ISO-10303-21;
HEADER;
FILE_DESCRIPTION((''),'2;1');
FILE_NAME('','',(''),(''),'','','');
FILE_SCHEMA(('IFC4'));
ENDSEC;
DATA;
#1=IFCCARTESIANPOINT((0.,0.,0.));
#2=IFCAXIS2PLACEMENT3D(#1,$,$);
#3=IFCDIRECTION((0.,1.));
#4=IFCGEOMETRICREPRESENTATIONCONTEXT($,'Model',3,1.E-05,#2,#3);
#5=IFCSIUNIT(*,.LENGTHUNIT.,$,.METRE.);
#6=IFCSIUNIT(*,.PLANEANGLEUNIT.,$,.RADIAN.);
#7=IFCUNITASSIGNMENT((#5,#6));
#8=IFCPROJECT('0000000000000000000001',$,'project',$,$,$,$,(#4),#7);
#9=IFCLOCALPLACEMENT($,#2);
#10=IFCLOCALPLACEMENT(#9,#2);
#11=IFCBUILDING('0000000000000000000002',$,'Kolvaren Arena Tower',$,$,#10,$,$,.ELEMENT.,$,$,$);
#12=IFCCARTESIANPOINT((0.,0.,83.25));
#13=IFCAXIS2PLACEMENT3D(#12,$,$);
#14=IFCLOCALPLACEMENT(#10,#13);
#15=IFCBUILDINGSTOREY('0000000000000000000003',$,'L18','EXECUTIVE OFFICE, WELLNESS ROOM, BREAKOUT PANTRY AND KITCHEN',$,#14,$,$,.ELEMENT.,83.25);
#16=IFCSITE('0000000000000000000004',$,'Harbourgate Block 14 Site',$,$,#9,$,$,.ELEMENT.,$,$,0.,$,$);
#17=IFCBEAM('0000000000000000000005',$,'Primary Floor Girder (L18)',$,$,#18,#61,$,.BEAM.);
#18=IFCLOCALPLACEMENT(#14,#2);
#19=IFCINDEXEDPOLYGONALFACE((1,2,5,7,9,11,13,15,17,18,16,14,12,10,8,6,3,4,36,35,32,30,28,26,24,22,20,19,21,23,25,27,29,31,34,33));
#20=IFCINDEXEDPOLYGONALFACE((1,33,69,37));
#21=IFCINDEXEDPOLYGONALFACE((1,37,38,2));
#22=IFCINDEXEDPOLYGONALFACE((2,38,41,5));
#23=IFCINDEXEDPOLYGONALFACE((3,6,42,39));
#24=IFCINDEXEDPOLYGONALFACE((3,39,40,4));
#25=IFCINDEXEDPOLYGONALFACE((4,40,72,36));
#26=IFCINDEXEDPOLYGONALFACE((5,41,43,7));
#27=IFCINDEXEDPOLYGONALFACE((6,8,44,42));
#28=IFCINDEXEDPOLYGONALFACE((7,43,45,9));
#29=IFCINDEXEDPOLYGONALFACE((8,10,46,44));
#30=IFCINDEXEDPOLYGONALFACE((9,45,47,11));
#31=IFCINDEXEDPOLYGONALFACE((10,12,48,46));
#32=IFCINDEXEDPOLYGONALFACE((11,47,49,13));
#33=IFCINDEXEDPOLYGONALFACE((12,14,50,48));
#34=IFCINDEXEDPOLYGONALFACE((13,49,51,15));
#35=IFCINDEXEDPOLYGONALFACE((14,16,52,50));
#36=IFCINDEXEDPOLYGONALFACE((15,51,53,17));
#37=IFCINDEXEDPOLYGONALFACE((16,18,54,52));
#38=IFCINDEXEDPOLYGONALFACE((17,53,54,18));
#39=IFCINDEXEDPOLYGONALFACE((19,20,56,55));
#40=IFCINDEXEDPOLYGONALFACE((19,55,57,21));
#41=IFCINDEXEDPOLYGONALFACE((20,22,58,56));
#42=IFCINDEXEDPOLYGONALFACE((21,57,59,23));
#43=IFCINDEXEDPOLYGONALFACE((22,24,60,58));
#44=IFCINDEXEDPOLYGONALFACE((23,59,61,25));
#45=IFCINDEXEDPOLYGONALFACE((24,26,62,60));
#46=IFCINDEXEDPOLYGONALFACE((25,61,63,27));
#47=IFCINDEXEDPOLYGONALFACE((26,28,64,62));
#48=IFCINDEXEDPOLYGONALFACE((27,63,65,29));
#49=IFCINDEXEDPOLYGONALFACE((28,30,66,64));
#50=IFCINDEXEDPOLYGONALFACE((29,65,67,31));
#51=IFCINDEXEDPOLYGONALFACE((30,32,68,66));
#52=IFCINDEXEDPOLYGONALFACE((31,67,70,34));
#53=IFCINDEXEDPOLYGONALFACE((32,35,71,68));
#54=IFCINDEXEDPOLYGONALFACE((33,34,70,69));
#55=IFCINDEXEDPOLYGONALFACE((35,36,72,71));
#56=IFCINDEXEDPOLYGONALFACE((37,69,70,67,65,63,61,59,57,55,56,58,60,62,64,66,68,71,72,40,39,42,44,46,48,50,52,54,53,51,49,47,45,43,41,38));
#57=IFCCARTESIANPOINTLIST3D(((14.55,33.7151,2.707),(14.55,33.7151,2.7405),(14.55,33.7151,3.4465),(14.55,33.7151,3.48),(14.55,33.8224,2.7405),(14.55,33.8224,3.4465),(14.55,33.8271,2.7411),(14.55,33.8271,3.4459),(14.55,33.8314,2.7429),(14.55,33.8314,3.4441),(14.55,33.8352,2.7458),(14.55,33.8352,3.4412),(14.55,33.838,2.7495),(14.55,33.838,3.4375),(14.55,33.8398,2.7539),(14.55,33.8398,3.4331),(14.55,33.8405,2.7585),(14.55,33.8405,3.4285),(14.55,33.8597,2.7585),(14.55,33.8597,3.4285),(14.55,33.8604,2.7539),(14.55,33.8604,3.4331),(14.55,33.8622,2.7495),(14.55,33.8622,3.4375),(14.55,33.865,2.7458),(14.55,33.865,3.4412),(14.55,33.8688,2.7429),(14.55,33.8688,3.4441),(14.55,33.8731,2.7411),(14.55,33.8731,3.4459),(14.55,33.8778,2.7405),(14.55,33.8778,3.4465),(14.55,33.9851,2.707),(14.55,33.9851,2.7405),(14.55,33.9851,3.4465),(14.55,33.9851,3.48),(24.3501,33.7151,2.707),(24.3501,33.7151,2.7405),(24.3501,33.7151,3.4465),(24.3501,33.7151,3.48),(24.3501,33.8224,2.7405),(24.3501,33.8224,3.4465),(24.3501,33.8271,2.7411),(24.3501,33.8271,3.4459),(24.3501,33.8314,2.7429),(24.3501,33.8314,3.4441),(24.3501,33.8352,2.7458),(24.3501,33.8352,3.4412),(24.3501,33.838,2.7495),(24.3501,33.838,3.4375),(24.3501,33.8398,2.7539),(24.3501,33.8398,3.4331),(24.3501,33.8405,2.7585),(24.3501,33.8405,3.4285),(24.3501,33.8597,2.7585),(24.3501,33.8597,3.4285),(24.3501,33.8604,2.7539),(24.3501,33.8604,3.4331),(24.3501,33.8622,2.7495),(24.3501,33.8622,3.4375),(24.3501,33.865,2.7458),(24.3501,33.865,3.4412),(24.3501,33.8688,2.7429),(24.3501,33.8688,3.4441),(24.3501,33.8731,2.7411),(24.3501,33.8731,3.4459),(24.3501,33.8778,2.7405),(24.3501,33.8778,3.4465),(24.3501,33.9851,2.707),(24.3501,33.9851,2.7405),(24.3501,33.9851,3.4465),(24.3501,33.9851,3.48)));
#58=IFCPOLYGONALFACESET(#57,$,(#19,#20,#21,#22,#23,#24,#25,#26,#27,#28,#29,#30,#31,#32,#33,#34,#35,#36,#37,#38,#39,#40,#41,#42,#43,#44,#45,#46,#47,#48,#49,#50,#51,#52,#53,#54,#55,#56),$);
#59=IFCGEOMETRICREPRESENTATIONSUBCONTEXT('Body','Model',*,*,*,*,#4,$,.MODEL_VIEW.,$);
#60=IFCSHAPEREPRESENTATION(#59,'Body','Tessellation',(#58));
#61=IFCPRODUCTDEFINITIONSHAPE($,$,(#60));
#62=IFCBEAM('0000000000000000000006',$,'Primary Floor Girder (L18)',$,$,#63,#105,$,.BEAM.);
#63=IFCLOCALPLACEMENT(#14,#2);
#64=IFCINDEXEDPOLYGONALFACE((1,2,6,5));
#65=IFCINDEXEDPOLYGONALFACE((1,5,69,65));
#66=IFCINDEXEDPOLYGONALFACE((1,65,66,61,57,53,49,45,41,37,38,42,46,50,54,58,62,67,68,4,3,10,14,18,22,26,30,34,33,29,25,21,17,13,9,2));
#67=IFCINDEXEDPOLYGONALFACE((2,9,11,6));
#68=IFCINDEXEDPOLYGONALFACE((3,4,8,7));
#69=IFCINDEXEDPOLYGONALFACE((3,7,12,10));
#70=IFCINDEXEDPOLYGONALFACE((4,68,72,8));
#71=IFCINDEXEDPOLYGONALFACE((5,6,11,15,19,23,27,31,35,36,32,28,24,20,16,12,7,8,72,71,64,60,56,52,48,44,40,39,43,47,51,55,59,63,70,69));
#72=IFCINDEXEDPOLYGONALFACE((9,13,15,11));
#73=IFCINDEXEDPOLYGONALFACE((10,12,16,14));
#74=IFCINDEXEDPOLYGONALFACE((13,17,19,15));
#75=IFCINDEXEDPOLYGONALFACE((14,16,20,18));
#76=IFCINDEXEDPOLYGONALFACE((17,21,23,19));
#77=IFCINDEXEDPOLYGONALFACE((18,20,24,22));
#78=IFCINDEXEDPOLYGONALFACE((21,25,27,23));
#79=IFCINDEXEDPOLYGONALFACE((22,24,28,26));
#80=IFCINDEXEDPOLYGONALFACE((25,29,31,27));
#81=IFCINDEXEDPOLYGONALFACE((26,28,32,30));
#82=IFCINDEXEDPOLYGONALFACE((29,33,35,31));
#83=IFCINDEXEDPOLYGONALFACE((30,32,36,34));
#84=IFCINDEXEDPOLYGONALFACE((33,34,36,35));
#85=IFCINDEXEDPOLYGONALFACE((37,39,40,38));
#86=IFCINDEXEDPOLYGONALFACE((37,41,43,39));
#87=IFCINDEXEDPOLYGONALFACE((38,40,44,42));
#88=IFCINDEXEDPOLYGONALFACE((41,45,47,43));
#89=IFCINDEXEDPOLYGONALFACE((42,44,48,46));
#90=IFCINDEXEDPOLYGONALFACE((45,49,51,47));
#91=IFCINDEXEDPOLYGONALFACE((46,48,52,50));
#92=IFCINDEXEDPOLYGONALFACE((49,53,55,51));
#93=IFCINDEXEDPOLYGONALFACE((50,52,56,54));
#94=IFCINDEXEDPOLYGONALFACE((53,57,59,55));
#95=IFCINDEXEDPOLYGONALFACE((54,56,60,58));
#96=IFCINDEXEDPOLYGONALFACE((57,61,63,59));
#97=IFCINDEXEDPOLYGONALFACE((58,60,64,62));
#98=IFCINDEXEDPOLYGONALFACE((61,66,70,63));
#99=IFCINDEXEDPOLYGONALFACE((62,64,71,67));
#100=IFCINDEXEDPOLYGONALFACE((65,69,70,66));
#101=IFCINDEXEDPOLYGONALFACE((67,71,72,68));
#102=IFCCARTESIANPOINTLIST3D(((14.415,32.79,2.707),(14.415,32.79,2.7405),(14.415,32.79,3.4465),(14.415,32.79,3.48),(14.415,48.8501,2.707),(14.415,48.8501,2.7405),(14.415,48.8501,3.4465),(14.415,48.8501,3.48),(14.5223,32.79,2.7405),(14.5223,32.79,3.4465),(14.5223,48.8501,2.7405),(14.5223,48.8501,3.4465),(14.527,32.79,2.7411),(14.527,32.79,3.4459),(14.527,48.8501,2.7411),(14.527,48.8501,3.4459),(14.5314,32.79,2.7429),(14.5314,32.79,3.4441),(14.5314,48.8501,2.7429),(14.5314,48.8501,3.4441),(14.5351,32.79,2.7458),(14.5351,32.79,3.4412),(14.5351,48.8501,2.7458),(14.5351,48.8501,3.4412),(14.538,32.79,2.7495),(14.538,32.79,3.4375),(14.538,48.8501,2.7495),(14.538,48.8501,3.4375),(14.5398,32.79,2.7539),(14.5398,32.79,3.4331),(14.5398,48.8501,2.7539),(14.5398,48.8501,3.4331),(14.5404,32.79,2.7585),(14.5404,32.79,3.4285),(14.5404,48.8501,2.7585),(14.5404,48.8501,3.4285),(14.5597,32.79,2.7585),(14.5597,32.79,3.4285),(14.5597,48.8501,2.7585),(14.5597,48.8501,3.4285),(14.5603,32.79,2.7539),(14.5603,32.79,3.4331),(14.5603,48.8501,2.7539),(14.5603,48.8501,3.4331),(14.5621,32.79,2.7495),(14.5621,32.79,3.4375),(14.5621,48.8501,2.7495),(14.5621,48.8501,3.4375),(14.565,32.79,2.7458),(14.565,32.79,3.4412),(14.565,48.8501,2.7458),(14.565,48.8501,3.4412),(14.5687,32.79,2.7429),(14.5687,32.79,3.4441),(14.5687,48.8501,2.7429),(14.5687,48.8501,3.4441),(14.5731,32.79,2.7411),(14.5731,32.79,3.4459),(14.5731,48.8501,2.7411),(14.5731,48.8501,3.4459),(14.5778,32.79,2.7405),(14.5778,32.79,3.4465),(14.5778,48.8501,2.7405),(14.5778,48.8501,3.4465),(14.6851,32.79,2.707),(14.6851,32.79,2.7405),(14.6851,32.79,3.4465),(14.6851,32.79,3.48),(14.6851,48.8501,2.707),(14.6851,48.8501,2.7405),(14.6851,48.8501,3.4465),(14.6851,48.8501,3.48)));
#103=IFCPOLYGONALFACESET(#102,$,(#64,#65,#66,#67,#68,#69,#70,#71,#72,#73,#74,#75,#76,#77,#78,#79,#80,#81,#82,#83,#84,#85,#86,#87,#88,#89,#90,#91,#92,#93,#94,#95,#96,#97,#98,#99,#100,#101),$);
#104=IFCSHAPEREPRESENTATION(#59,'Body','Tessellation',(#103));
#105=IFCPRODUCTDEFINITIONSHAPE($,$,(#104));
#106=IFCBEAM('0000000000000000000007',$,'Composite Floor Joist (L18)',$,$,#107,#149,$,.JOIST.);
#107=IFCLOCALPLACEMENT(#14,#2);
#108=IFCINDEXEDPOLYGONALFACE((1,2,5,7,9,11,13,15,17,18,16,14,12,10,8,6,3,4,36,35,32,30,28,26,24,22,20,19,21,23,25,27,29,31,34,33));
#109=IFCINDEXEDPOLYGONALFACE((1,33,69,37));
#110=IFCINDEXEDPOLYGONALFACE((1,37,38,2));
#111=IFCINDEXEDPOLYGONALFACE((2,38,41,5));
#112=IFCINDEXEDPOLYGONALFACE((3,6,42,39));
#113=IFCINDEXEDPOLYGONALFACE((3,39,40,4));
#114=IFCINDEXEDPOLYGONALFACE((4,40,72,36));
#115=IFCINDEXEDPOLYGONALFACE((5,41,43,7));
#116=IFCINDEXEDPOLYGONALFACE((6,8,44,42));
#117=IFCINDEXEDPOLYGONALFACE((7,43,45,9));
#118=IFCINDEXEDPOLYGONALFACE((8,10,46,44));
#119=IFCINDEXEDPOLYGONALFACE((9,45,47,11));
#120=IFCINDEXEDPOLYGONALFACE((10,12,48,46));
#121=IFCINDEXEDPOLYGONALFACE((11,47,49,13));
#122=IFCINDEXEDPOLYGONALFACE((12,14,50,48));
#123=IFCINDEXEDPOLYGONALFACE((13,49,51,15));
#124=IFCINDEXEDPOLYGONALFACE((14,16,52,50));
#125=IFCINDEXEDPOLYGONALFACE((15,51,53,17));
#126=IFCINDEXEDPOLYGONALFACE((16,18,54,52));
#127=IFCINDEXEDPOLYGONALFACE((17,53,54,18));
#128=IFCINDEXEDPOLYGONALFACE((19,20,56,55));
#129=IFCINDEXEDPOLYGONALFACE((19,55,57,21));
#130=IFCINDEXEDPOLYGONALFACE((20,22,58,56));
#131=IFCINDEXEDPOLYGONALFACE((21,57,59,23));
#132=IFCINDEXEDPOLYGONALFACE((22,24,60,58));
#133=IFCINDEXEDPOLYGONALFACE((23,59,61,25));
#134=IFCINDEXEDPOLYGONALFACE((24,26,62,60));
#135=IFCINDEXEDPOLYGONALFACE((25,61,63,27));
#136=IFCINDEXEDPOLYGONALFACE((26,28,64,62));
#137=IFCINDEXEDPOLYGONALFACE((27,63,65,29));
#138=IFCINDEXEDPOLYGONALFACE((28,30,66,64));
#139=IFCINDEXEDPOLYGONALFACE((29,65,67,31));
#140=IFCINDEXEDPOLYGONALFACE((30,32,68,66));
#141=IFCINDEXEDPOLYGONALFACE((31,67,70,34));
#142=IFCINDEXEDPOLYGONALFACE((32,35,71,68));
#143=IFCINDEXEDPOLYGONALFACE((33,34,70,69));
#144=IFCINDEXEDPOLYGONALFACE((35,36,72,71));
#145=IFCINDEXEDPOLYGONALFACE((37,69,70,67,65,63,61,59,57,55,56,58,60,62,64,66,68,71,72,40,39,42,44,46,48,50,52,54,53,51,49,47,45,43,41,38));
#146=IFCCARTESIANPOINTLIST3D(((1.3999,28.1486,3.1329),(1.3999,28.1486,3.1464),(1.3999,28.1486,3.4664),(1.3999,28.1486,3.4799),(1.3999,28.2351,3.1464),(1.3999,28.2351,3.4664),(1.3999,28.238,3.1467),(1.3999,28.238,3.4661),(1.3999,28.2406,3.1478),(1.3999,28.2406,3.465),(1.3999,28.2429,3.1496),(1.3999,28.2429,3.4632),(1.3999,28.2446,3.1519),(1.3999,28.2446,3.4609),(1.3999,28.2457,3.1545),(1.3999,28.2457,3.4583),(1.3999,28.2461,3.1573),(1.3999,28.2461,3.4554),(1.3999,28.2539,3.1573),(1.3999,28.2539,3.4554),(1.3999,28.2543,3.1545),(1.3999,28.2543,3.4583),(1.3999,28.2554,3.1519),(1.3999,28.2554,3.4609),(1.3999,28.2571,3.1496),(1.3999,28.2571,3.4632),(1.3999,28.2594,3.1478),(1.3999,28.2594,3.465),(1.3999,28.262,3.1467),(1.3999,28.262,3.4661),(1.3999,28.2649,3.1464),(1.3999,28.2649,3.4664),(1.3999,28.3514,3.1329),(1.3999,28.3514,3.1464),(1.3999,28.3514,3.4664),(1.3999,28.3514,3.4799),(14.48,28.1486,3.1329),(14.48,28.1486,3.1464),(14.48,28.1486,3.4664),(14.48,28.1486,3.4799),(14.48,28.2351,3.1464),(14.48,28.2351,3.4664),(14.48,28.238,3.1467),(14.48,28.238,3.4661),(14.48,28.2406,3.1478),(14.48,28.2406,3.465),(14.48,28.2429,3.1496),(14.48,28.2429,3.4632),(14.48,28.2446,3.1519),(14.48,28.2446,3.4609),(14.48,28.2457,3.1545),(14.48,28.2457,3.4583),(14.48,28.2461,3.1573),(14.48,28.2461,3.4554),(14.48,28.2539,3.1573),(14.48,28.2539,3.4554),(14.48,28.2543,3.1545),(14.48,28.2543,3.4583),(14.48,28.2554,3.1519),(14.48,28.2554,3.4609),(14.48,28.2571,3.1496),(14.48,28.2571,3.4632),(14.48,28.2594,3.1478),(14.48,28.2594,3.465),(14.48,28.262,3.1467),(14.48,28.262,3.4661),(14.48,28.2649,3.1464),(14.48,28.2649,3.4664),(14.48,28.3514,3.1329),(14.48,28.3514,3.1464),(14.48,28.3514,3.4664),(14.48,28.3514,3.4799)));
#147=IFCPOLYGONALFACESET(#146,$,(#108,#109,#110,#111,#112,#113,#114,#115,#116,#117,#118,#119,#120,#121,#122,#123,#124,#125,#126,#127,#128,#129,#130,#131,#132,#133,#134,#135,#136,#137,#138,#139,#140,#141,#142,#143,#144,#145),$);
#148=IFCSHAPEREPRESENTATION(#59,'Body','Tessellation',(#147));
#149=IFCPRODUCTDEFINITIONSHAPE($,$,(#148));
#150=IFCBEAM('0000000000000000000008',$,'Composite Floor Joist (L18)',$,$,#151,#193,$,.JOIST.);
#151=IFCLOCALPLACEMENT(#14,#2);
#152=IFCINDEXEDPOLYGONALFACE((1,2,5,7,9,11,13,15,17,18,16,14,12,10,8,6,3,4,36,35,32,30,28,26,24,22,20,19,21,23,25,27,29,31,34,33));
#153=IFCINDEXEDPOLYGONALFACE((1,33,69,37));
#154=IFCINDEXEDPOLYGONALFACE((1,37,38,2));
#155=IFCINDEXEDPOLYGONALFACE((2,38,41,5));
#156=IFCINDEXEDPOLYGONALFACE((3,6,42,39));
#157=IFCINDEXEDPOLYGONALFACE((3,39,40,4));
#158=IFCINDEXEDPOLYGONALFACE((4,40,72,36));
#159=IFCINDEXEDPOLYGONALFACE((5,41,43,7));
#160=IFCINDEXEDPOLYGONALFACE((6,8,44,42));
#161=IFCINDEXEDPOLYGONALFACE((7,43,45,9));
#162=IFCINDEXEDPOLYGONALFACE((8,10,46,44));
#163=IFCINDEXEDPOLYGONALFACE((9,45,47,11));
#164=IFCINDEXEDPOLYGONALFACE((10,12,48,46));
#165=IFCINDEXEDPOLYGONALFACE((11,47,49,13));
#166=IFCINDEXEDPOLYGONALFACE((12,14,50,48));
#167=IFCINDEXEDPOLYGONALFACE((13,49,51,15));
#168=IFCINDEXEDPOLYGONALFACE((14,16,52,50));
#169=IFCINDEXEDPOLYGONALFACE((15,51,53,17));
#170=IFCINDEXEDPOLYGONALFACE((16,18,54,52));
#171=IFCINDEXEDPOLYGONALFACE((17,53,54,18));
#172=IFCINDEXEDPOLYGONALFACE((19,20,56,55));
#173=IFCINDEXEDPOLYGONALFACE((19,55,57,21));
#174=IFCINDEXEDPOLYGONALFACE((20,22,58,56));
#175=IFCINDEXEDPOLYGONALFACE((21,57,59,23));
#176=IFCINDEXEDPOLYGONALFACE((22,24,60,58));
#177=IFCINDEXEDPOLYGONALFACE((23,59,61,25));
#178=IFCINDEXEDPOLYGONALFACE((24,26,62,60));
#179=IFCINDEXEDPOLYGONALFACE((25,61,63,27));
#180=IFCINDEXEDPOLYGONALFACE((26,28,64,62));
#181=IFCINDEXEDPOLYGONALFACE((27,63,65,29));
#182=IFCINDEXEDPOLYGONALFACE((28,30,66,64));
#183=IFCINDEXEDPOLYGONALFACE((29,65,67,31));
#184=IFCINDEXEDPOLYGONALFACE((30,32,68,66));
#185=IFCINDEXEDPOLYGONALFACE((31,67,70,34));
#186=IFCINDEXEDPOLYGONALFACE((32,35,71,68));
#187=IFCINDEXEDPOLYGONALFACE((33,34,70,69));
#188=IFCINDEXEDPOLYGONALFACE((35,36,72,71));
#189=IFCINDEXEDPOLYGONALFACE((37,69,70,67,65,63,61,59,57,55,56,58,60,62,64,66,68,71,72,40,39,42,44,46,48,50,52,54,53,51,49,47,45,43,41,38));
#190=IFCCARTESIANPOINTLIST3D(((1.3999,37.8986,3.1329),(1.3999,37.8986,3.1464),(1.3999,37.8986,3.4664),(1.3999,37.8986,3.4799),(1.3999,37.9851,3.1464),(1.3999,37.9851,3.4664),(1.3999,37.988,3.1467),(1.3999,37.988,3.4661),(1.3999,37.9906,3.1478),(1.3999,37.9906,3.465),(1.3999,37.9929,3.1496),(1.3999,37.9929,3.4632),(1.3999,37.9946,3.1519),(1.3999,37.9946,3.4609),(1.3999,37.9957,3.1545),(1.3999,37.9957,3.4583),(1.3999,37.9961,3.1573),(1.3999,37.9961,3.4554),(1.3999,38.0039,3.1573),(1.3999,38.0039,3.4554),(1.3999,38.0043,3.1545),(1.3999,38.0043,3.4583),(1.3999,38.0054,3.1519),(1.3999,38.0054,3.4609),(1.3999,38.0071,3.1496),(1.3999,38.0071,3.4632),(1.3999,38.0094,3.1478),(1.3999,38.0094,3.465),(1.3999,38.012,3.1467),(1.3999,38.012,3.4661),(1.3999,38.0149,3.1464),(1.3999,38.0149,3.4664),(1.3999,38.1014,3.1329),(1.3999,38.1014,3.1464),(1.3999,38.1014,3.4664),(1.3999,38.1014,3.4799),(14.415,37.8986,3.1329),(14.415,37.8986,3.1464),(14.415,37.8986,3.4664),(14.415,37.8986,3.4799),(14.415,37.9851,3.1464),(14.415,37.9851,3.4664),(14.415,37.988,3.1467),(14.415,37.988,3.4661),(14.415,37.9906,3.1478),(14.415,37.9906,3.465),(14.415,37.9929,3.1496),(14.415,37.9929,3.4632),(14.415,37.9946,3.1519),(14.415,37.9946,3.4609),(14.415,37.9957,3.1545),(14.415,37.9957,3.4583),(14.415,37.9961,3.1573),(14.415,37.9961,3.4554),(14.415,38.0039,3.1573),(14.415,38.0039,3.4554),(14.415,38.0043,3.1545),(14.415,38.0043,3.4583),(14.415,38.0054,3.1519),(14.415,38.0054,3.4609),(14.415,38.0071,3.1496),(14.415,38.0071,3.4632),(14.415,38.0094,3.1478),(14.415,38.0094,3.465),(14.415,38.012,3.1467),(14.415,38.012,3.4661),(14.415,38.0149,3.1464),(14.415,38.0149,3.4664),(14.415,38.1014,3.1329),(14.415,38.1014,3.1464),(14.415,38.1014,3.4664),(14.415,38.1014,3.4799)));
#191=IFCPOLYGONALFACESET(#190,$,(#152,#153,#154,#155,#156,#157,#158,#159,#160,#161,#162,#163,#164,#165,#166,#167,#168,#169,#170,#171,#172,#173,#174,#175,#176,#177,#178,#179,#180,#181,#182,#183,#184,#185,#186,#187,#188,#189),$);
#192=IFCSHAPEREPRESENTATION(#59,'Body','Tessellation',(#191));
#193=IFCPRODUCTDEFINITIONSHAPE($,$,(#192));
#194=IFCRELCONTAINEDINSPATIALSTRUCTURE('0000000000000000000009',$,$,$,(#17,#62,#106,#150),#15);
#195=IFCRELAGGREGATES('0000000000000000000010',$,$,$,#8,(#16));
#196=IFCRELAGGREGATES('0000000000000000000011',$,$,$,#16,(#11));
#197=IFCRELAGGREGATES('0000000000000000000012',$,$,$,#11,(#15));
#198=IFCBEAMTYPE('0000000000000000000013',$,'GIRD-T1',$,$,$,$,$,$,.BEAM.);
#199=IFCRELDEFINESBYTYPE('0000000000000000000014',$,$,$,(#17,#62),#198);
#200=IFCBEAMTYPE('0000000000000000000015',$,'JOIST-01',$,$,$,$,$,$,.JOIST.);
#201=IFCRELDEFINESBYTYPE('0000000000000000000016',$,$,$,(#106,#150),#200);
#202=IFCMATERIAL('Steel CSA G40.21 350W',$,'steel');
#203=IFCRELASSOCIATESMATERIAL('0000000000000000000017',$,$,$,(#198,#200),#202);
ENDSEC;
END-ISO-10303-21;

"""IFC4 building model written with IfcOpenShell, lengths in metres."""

from ifc_helpers import new_model, si_unit, direction, frame, origin, origin_2d, place, context, subcontext, project, spatial, i_section, extrude, material, material_profile, profile_set, type_object, element, save


model = new_model("IFC4")

# Units and contexts
model_context = context("Model", 3, precision=1e-05, world=origin(), true_north=direction((0.0, 1.0)))
body_context = subcontext(model_context, "Body", "Model", "MODEL_VIEW")
ifc_project = project(units=[si_unit("LENGTHUNIT", "METRE"), si_unit("PLANEANGLEUNIT", "RADIAN")], contexts=[model_context])

# Site, building, storey
site_placement = place(None, origin())
site = spatial("IfcSite", under=ifc_project, at=site_placement, Name="Harbourgate Block 14 Site", CompositionType="ELEMENT", RefElevation=0.0)
building_placement = place(site_placement, origin())
building = spatial("IfcBuilding", under=site, at=building_placement, Name="Kolvaren Arena Tower", CompositionType="ELEMENT")
storey_placement = place(building_placement, frame((0.0, 0.0, 83.25)))
storey = spatial("IfcBuildingStorey", under=building, at=storey_placement, Name="L18", Description="EXECUTIVE OFFICE, WELLNESS ROOM, BREAKOUT PANTRY AND KITCHEN", CompositionType="ELEMENT", Elevation=83.25)

# Beams
ifc_material_1 = material(Name="Steel CSA G40.21 350W", Category="steel")
ifc_material_profile_1 = material_profile(ifc_material_1, i_section(OverallWidth=0.27, OverallDepth=0.7729, WebThickness=0.0193, FlangeThickness=0.0334, FilletRadius=0.0181, at=origin_2d()), Name="W760x257")
ifc_profile_set_1 = profile_set([ifc_material_profile_1], Name="Steel CSA G40.21 350W")
beam_type_1 = type_object("IfcBeamType", Name="GIRD-T1", PredefinedType="BEAM", material=ifc_profile_set_1)
beam_1_placement = place(storey_placement, frame((14.55, 33.8501, 3.0935), z_axis=(1.0, 0.0, 0.0), x_axis=(0.0, 1.0, 0.0)))
element("IfcBeam", 1, at=beam_1_placement, inside=storey, type_object=beam_type_1, Name="Primary Floor Girder (L18)", PredefinedType="BEAM", context=body_context, shape_type="SweptSolid", body=[
    extrude(i_section(OverallWidth=0.27, OverallDepth=0.7729, WebThickness=0.0193, FlangeThickness=0.0334, FilletRadius=0.0181, at=origin_2d()), origin(), (0.0, 0.0, 1.0), 9.8),
])
beam_2_placement = place(storey_placement, frame((14.55, 32.79, 3.0935), z_axis=(0.0, 1.0, 0.0), x_axis=(-1.0, 0.0, 0.0)))
element("IfcBeam", 2, at=beam_2_placement, inside=storey, type_object=beam_type_1, Name="Primary Floor Girder (L18)", PredefinedType="BEAM", context=body_context, shape_type="SweptSolid", body=[
    extrude(i_section(OverallWidth=0.27, OverallDepth=0.7729, WebThickness=0.0193, FlangeThickness=0.0334, FilletRadius=0.0181, at=origin_2d()), origin(), (0.0, 0.0, 1.0), 16.0601),
])
ifc_material_profile_2 = material_profile(ifc_material_1, i_section(OverallWidth=0.2029, OverallDepth=0.3469, WebThickness=0.0078, FlangeThickness=0.0134, FilletRadius=0.011, at=origin_2d()), Name="W360x64")
ifc_profile_set_2 = profile_set([ifc_material_profile_2], Name="Steel CSA G40.21 350W")
beam_type_2 = type_object("IfcBeamType", Name="JOIST-01", PredefinedType="JOIST", material=ifc_profile_set_2)
beam_3_placement = place(storey_placement, frame((1.3999, 28.25, 3.3064), z_axis=(1.0, 0.0, 0.0), x_axis=(0.0, 1.0, 0.0)))
element("IfcBeam", 3, at=beam_3_placement, inside=storey, type_object=beam_type_2, Name="Composite Floor Joist (L18)", PredefinedType="JOIST", context=body_context, shape_type="SweptSolid", body=[
    extrude(i_section(OverallWidth=0.2029, OverallDepth=0.3469, WebThickness=0.0078, FlangeThickness=0.0134, FilletRadius=0.011, at=origin_2d()), origin(), (0.0, 0.0, 1.0), 13.0801),
])
beam_4_placement = place(storey_placement, frame((1.3999, 38.0, 3.3064), z_axis=(1.0, 0.0, 0.0), x_axis=(0.0, 1.0, 0.0)))
element("IfcBeam", 4, at=beam_4_placement, inside=storey, type_object=beam_type_2, Name="Composite Floor Joist (L18)", PredefinedType="JOIST", context=body_context, shape_type="SweptSolid", body=[
    extrude(i_section(OverallWidth=0.2029, OverallDepth=0.3469, WebThickness=0.0078, FlangeThickness=0.0134, FilletRadius=0.011, at=origin_2d()), origin(), (0.0, 0.0, 1.0), 13.0151),
])

save(model, "model.ifc")
